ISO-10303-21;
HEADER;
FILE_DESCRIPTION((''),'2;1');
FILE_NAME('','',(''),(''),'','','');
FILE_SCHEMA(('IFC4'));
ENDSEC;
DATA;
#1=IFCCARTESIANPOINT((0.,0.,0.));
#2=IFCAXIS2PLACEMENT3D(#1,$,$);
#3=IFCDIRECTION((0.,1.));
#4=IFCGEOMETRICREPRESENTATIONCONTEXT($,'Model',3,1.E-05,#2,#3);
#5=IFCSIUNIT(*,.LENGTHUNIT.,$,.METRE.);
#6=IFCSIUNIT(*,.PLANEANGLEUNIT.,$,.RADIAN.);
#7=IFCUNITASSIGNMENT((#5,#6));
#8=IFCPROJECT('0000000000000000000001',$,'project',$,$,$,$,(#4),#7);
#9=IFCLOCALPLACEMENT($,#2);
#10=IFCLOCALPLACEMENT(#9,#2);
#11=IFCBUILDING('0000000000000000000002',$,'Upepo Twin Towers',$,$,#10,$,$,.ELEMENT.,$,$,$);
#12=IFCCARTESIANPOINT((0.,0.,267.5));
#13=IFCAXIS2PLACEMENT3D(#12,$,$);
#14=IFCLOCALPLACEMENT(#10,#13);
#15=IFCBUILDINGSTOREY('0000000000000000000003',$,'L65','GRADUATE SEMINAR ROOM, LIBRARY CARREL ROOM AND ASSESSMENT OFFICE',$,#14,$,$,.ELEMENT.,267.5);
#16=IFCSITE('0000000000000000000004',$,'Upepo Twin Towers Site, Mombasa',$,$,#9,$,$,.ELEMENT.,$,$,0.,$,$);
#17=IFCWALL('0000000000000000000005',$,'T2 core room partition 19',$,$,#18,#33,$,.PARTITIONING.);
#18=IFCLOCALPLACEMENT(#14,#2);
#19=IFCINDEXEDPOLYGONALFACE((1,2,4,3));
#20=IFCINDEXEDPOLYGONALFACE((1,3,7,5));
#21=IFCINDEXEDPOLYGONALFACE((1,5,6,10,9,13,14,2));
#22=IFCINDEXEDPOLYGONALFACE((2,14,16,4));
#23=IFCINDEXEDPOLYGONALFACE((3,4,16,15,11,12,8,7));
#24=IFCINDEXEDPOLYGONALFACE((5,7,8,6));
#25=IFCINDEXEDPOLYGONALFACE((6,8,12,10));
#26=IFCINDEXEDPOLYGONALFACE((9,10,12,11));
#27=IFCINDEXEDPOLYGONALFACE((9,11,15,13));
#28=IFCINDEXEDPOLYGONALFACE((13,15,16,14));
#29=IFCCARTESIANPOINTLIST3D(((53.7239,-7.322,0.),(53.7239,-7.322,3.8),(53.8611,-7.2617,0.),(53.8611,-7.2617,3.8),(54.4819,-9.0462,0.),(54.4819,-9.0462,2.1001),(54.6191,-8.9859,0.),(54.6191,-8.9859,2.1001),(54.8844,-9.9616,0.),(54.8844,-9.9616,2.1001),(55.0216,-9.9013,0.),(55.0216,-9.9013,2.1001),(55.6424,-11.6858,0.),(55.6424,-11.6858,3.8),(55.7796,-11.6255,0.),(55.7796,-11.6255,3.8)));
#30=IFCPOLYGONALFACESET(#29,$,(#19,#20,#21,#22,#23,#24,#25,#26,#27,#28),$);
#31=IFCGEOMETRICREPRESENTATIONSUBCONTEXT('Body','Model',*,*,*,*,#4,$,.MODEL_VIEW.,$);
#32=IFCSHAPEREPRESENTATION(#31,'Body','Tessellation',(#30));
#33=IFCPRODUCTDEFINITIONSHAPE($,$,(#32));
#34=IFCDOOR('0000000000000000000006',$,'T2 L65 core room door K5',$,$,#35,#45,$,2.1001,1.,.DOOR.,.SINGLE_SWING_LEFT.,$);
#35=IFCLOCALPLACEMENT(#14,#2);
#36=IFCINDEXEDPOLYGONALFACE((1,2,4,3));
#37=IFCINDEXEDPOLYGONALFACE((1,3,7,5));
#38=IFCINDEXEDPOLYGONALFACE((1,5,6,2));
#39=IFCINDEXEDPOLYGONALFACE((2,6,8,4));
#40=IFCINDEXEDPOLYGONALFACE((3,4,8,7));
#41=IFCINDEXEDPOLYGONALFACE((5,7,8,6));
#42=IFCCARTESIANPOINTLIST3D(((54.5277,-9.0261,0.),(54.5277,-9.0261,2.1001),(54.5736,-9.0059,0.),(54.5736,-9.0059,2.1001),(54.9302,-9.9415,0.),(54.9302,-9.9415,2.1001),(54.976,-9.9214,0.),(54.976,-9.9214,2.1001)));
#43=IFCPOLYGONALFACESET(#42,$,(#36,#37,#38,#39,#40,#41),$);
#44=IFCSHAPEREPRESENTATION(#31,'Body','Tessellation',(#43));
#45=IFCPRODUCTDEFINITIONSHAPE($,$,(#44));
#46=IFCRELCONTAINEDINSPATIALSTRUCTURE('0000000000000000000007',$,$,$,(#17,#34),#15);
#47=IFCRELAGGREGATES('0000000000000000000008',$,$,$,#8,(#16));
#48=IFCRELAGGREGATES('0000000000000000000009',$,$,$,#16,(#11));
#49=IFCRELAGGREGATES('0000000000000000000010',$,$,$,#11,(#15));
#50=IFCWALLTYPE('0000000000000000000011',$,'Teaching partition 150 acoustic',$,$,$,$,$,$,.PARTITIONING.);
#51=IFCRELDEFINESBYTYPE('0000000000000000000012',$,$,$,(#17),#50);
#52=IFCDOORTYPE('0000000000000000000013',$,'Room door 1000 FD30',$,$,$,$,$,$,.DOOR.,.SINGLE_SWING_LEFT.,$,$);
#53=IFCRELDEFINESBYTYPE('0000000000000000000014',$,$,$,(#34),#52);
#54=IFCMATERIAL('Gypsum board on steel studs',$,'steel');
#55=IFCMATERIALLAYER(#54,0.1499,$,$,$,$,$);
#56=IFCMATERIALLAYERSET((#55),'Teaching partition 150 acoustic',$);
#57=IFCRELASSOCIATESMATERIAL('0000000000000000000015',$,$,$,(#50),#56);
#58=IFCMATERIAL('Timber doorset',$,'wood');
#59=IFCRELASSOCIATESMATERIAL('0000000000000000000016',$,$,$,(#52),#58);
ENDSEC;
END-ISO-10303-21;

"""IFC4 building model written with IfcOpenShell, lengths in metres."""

from ifc_helpers import new_model, si_unit, direction, frame, frame_2d, origin, place, context, subcontext, project, spatial, rectangle, extrude, material, layer, layer_set, type_object, element, fill, save


model = new_model("IFC4")

# Units and contexts
model_context = context("Model", 3, precision=1e-05, world=origin(), true_north=direction((0.0, 1.0)))
body_context = subcontext(model_context, "Body", "Model", "MODEL_VIEW")
ifc_project = project(units=[si_unit("LENGTHUNIT", "METRE"), si_unit("PLANEANGLEUNIT", "RADIAN")], contexts=[model_context])

# Site, building, storey
site_placement = place(None, origin())
site = spatial("IfcSite", under=ifc_project, at=site_placement, Name="Upepo Twin Towers Site, Mombasa", CompositionType="ELEMENT", RefElevation=0.0)
building_placement = place(site_placement, origin())
building = spatial("IfcBuilding", under=site, at=building_placement, Name="Upepo Twin Towers", CompositionType="ELEMENT")
storey_placement = place(building_placement, frame((0.0, 0.0, 267.5)))
storey = spatial("IfcBuildingStorey", under=building, at=storey_placement, Name="L65", Description="GRADUATE SEMINAR ROOM, LIBRARY CARREL ROOM AND ASSESSMENT OFFICE", CompositionType="ELEMENT", Elevation=267.5)

# Shared definitions
ifc_material_1 = material(Name="Gypsum board on steel studs", Category="steel")
ifc_layer_1 = layer(ifc_material_1, 0.1499)
ifc_layer_set_1 = layer_set([ifc_layer_1], Name="Teaching partition 150 acoustic")
wall_type_1 = type_object("IfcWallType", Name="Teaching partition 150 acoustic", PredefinedType="PARTITIONING", material=ifc_layer_set_1)

# Wall, opening, door
wall_1_placement = place(storey_placement, frame((55.7109, -11.6555, 0.0), z_axis=(0.0, 0.0, 1.0), x_axis=(-0.402457, 0.915439, 0.0)))
wall_1 = element("IfcWall", 1, at=wall_1_placement, inside=storey, type_object=wall_type_1, Name="T2 core room partition 19", PredefinedType="PARTITIONING", context=body_context, shape_type="SweptSolid", body=[
    extrude(rectangle(XDim=4.7668, YDim=0.1499, at=frame_2d((2.3833, 0.0))), origin(), (0.0, 0.0, 1.0), 3.8),
])
opening_1_placement = place(wall_1_placement, frame((1.8833, 0.0, 0.0)))
opening_1 = element("IfcOpeningElement", 2, at=opening_1_placement, cuts=wall_1, PredefinedType="OPENING", context=body_context, shape_type="SweptSolid", body=[
    extrude(rectangle(XDim=1.0, YDim=2.1001, at=frame_2d((0.5, 1.05))), frame((0.0, 0.085, 0.0), z_axis=(0.0, -1.0, 0.0), x_axis=(1.0, 0.0, 0.0)), (0.0, 0.0, 1.0), 0.1699),
])
ifc_material_2 = material(Name="Timber doorset", Category="wood")
door_type_1 = type_object("IfcDoorType", Name="Room door 1000 FD30", OperationType="SINGLE_SWING_LEFT", PredefinedType="DOOR", material=ifc_material_2)
door_1_placement = place(opening_1_placement, origin())
door_1 = element("IfcDoor", 3, at=door_1_placement, inside=storey, type_object=door_type_1, Name="T2 L65 core room door K5", OperationType="SINGLE_SWING_LEFT", OverallHeight=2.1001, OverallWidth=1.0, PredefinedType="DOOR", context=body_context, shape_type="SweptSolid", body=[
    extrude(rectangle(XDim=1.0, YDim=2.1001, at=frame_2d((0.5, 1.05))), frame((0.0, 0.0249, 0.0), z_axis=(0.0, -1.0, 0.0), x_axis=(1.0, 0.0, 0.0)), (0.0, 0.0, 1.0), 0.05),
])
fill(opening_1, door_1)

save(model, "model.ifc")
